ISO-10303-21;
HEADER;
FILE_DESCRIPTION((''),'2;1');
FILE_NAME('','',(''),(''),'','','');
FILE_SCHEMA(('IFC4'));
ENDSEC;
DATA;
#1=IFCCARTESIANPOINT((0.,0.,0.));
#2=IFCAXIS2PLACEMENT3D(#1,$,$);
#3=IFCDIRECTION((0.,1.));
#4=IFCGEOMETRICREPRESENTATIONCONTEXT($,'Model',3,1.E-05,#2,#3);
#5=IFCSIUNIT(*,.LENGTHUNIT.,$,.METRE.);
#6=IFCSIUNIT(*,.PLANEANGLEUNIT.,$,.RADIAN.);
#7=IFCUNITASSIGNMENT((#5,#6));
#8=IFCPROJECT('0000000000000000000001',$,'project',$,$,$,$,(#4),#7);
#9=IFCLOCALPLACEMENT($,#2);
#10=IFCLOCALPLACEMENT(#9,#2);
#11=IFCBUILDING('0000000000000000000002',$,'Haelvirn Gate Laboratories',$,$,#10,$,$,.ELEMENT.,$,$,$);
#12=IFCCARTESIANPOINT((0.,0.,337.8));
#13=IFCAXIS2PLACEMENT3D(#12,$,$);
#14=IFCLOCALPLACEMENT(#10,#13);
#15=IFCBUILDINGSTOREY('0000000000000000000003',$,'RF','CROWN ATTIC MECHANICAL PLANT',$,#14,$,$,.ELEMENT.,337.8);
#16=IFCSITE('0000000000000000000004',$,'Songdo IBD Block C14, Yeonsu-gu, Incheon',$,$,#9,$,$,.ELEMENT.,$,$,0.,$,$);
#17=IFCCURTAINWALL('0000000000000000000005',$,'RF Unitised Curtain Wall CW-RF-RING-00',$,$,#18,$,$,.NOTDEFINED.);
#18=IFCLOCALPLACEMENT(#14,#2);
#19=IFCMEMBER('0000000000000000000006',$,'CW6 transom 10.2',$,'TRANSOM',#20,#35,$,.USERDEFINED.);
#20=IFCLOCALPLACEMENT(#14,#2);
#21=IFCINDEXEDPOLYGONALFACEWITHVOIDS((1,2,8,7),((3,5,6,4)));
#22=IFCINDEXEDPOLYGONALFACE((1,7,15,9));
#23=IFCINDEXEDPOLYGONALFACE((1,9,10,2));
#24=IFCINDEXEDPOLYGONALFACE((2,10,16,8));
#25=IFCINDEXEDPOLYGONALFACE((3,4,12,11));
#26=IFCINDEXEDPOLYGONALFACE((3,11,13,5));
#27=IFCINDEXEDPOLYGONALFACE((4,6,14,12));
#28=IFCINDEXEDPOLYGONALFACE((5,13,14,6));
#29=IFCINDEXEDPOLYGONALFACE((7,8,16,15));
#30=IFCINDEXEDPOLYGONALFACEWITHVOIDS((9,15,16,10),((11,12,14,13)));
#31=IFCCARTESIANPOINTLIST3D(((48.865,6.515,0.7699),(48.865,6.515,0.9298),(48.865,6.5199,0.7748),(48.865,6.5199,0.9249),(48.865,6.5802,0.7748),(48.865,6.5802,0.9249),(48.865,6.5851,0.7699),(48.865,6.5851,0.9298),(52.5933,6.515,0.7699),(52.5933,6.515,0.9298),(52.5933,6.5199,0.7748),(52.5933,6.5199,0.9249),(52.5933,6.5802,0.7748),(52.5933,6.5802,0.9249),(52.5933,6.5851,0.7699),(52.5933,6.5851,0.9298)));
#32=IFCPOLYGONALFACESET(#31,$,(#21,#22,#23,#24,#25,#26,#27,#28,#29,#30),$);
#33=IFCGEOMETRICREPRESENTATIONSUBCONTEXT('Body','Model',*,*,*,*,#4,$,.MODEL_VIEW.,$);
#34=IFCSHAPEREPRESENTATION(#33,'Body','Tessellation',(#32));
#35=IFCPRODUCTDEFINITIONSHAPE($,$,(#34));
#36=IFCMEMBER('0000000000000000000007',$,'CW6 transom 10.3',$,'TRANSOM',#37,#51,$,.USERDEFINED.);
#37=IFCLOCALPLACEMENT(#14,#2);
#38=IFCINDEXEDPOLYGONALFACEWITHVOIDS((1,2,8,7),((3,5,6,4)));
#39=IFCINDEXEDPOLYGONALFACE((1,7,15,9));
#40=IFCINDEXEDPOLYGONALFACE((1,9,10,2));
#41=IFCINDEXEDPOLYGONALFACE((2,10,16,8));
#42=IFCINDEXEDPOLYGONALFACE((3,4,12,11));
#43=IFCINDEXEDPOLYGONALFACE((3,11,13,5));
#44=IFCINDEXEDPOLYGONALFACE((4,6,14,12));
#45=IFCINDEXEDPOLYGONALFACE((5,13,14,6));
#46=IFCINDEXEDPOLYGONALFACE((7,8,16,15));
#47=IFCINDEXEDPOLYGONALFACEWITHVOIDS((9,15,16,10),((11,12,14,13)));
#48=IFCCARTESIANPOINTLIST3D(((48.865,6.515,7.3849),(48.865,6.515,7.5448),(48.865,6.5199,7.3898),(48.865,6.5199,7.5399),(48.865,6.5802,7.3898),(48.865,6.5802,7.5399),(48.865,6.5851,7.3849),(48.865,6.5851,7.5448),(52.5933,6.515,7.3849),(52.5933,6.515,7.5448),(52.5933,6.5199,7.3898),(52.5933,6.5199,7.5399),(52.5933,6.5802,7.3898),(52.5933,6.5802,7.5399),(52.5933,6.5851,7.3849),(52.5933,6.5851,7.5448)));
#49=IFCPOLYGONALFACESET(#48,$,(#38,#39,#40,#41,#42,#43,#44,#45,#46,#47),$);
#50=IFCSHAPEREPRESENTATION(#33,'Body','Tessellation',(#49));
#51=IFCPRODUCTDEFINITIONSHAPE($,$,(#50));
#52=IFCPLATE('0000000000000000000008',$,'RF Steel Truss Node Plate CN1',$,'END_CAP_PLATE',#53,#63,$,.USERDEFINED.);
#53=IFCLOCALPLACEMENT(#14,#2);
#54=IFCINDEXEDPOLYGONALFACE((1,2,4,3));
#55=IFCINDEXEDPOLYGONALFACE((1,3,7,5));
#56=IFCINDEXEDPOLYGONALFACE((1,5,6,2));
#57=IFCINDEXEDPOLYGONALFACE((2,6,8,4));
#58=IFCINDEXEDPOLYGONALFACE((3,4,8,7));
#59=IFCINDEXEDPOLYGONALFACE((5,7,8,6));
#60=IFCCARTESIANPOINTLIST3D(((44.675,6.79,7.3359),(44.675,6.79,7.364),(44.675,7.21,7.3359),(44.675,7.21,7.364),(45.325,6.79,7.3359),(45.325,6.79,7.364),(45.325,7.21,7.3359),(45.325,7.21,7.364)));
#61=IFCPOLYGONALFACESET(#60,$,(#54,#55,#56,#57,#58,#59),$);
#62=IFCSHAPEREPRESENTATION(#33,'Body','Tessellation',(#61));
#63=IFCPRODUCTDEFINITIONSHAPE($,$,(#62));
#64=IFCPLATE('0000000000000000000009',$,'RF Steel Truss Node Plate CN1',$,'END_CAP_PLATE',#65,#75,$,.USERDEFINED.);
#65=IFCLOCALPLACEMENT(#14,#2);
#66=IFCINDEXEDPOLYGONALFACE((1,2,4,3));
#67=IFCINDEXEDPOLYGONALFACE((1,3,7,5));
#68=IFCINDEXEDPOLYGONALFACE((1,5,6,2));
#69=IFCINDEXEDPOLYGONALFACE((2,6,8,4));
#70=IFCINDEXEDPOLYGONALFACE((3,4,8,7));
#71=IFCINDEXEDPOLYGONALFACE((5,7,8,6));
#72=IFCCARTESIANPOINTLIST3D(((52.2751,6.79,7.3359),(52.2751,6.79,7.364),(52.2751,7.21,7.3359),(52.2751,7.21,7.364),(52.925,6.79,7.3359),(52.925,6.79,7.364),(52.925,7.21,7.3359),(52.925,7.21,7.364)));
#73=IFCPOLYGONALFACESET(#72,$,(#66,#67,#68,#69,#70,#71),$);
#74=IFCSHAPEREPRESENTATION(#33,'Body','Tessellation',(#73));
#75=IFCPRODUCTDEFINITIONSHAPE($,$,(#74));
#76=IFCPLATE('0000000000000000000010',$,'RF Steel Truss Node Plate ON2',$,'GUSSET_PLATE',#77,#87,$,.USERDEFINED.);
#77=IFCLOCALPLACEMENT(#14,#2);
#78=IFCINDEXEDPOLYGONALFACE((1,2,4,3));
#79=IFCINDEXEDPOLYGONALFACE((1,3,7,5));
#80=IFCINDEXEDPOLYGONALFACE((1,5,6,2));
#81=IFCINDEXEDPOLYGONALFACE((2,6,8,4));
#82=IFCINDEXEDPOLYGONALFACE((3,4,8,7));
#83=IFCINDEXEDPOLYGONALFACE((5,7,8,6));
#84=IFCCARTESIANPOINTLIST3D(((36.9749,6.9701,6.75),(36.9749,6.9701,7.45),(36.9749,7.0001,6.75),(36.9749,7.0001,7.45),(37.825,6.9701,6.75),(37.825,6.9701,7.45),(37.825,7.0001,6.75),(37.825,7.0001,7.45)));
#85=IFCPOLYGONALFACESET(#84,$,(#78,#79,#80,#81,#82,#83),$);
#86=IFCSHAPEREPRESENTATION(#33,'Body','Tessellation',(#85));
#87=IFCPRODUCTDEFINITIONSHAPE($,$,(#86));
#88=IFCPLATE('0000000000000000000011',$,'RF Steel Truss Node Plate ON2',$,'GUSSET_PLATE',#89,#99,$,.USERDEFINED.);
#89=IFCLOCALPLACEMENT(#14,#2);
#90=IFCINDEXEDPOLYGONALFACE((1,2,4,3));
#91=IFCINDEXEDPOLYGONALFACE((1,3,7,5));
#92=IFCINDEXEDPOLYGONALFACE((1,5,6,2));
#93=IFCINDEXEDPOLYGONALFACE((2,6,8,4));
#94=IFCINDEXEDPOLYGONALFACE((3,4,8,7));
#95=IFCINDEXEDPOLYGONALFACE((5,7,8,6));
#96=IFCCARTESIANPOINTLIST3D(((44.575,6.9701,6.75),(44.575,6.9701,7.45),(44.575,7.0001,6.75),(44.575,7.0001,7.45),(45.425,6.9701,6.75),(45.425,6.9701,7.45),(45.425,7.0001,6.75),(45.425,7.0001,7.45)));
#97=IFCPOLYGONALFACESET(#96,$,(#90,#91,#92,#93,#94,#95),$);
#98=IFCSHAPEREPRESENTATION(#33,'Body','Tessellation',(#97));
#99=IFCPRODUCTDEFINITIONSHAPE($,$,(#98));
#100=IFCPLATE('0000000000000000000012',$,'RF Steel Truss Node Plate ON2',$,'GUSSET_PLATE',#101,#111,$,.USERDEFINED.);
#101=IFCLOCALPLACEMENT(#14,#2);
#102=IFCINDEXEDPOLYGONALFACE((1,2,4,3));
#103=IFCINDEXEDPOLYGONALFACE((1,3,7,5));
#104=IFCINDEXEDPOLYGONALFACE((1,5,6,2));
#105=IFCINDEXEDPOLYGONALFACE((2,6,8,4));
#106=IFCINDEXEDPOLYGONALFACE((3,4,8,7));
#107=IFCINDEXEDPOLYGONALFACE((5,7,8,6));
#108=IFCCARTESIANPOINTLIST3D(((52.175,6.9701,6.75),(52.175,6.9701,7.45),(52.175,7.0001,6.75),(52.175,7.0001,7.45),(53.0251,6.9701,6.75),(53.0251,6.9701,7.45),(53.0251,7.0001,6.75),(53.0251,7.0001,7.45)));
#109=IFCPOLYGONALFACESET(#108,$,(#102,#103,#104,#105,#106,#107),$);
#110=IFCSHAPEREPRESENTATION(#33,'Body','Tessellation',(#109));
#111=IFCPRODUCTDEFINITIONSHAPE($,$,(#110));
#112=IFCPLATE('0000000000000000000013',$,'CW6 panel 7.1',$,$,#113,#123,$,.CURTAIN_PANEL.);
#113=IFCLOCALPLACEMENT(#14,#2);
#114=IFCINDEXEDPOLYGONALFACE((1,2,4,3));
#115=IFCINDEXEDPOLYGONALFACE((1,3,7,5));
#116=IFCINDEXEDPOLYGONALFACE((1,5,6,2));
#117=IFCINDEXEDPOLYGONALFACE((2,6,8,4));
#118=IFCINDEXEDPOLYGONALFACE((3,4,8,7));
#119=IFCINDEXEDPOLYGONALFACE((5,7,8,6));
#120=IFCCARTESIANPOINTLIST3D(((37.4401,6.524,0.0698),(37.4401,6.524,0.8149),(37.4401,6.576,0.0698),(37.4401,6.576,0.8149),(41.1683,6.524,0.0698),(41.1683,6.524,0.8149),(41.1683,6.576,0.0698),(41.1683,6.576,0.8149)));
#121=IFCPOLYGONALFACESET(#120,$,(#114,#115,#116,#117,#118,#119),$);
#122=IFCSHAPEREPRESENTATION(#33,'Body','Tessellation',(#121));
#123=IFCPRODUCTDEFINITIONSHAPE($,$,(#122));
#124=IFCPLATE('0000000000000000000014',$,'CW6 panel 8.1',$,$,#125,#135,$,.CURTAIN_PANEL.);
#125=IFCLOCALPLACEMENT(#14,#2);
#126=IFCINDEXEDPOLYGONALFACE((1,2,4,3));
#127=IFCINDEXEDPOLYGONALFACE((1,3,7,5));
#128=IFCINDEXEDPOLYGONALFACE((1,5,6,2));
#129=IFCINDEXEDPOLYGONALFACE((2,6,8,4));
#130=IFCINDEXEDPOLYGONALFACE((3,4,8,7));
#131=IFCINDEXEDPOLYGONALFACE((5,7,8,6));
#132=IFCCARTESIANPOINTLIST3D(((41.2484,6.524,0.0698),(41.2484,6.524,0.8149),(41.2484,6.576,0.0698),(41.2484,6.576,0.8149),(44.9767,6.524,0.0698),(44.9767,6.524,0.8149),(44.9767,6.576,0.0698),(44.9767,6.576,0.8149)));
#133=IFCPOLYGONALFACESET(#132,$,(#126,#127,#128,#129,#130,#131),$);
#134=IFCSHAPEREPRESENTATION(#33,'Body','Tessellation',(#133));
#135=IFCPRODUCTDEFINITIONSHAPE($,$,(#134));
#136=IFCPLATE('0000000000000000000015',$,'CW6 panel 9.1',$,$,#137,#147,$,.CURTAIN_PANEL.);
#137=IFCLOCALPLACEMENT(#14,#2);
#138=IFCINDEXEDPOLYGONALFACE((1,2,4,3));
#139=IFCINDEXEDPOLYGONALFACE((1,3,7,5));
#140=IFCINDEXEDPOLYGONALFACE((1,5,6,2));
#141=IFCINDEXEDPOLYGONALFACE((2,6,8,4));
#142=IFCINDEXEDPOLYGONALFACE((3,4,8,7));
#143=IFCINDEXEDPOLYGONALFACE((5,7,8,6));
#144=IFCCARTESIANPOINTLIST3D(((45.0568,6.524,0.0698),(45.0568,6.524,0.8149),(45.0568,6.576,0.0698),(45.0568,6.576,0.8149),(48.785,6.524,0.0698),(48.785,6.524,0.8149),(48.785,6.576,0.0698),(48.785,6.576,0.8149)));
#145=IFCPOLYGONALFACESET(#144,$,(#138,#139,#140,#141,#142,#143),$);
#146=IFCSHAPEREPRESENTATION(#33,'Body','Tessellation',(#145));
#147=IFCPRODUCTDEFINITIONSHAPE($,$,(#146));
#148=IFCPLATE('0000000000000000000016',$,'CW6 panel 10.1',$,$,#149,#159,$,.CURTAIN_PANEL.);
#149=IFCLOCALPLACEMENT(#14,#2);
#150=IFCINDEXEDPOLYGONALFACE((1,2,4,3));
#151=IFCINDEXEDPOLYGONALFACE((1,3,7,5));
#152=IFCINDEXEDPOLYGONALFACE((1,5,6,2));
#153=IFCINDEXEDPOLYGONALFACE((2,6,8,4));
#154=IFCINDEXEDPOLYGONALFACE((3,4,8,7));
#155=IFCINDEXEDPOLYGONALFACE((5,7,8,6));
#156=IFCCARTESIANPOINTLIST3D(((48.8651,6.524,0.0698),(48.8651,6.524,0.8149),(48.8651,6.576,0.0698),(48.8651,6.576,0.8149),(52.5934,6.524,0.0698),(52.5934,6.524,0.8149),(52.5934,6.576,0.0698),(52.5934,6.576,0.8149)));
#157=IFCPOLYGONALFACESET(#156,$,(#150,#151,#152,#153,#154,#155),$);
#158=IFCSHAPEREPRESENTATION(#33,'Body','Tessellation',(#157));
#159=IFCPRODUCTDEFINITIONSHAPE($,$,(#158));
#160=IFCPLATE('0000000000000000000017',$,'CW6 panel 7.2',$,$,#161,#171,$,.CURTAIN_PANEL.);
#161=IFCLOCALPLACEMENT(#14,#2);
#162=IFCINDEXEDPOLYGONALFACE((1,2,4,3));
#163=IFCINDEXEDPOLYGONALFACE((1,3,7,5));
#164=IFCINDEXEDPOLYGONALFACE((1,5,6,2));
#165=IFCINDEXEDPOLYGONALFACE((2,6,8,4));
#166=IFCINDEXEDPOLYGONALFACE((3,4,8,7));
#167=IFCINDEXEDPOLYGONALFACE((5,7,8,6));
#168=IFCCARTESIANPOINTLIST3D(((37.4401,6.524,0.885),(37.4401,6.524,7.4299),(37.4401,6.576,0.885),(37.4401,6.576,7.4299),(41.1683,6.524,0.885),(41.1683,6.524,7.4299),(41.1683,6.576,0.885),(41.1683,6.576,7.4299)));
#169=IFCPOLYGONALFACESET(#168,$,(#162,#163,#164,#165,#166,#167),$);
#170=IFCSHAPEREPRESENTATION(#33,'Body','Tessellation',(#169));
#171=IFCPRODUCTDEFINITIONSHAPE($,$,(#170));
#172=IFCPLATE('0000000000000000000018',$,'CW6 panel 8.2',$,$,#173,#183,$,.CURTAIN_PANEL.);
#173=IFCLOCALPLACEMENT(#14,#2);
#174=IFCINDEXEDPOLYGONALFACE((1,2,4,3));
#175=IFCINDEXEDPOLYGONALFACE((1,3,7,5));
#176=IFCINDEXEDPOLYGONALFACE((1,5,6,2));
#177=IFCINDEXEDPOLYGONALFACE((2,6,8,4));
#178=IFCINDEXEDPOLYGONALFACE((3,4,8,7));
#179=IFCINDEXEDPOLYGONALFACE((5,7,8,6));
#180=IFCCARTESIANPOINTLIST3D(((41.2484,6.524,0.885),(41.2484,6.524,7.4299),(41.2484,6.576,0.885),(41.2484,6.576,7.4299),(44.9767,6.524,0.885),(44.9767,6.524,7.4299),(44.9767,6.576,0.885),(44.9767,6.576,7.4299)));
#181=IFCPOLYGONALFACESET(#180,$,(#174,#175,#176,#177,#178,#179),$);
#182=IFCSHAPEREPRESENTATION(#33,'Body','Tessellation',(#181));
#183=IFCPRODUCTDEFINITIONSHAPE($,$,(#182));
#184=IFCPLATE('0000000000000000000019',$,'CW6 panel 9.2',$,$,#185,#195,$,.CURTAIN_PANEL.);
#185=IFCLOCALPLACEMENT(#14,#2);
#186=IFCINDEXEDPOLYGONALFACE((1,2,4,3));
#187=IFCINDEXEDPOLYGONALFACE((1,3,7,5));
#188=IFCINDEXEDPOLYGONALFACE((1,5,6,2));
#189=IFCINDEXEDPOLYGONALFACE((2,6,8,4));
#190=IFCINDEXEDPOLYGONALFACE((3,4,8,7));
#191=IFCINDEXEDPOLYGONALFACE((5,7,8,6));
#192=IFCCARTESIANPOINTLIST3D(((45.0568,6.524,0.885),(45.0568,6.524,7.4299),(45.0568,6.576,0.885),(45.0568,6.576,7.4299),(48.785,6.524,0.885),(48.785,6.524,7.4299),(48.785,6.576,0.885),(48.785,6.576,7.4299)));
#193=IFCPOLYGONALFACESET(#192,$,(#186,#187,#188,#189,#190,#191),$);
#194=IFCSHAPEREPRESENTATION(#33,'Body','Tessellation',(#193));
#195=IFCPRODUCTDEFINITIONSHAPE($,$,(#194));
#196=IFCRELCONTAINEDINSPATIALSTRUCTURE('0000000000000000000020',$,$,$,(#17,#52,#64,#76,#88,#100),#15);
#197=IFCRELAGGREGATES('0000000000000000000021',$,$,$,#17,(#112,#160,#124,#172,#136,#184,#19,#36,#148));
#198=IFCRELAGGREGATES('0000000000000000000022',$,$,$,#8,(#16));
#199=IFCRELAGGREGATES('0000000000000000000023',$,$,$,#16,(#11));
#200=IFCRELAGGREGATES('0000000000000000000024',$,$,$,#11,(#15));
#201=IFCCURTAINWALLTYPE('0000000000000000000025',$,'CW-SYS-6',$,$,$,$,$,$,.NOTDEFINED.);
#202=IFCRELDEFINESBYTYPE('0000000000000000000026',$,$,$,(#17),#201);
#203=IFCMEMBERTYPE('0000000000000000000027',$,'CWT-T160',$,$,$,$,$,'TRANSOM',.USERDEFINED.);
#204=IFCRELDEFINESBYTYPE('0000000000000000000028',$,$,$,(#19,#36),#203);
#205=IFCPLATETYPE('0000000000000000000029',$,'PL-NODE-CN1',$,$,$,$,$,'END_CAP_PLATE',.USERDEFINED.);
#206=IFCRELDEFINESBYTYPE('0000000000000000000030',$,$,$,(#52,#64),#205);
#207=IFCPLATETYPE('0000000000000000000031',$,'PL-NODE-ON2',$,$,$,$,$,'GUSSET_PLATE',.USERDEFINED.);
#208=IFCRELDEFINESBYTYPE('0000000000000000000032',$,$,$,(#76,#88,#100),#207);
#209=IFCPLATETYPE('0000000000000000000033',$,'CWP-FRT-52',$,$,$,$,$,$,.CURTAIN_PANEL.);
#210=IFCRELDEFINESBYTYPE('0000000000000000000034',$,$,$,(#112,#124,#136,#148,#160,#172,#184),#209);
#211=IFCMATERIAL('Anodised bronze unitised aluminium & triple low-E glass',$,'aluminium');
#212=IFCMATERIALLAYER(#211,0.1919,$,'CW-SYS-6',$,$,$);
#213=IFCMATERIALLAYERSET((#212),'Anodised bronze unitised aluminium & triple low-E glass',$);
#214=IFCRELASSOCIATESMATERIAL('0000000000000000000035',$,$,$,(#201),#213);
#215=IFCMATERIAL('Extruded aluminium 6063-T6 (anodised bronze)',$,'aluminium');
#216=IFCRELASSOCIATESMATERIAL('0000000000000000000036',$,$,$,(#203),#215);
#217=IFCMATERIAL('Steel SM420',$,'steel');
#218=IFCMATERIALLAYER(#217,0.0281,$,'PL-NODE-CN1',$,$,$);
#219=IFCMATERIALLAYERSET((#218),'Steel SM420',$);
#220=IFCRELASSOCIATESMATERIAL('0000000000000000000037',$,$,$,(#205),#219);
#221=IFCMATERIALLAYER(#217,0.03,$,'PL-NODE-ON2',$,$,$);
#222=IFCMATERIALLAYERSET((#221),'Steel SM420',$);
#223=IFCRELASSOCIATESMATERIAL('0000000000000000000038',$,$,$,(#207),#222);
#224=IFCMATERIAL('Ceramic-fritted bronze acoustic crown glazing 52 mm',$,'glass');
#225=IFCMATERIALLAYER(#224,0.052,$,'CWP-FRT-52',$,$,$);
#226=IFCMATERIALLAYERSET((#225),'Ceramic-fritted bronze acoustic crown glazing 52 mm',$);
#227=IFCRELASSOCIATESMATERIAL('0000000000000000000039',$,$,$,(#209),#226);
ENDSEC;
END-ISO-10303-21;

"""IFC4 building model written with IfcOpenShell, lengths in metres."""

from ifc_helpers import new_model, si_unit, direction, frame, origin, origin_2d, place, context, subcontext, project, spatial, rectangle, hollow_rectangle, extrude, source, transform, mapped, material, layer, layer_set, material_profile, profile_set, type_object, type_shapes, element, aggregate, save


model = new_model("IFC4")

# Units and contexts
model_context = context("Model", 3, precision=1e-05, world=origin(), true_north=direction((0.0, 1.0)))
body_context = subcontext(model_context, "Body", "Model", "MODEL_VIEW")
ifc_project = project(units=[si_unit("LENGTHUNIT", "METRE"), si_unit("PLANEANGLEUNIT", "RADIAN")], contexts=[model_context])

# Site, building, storey
site_placement = place(None, origin())
site = spatial("IfcSite", under=ifc_project, at=site_placement, Name="Songdo IBD Block C14, Yeonsu-gu, Incheon", CompositionType="ELEMENT", RefElevation=0.0)
building_placement = place(site_placement, origin())
building = spatial("IfcBuilding", under=site, at=building_placement, Name="Haelvirn Gate Laboratories", CompositionType="ELEMENT")
storey_placement = place(building_placement, frame((0.0, 0.0, 337.8)))
storey = spatial("IfcBuildingStorey", under=building, at=storey_placement, Name="RF", Description="CROWN ATTIC MECHANICAL PLANT", CompositionType="ELEMENT", Elevation=337.8)

# Shared definitions
ifc_material_1 = material(Name="Steel SM420", Category="steel")

# Curtain wall, members
ifc_material_2 = material(Name="Anodised bronze unitised aluminium & triple low-E glass", Category="aluminium")
ifc_layer_1 = layer(ifc_material_2, 0.1919, Name="CW-SYS-6")
ifc_layer_set_1 = layer_set([ifc_layer_1], Name="Anodised bronze unitised aluminium & triple low-E glass")
curtain_wall_type = type_object("IfcCurtainWallType", Name="CW-SYS-6", PredefinedType="NOTDEFINED", material=ifc_layer_set_1)
curtain_wall_placement = place(storey_placement, origin())
curtain_wall = element("IfcCurtainWall", 1, at=curtain_wall_placement, inside=storey, type_object=curtain_wall_type, Name="RF Unitised Curtain Wall CW-RF-RING-00", PredefinedType="NOTDEFINED")
ifc_material_3 = material(Name="Extruded aluminium 6063-T6 (anodised bronze)", Category="aluminium")
ifc_material_profile_1 = material_profile(ifc_material_3, hollow_rectangle(XDim=0.0701, YDim=0.1599, WallThickness=0.0049, at=origin_2d()), Name="CWT-160x70x5")
ifc_profile_set_1 = profile_set([ifc_material_profile_1], Name="Extruded aluminium 6063-T6 (anodised bronze)")
member_type_1 = type_object("IfcMemberType", Name="CWT-T160", ElementType="TRANSOM", PredefinedType="USERDEFINED", material=ifc_profile_set_1)
shared_shape_1 = source(origin(), body_context, "Body", "SweptSolid", [
    extrude(hollow_rectangle(XDim=0.0701, YDim=0.1599, WallThickness=0.0049, at=origin_2d()), origin(), (0.0, 0.0, 1.0), 3.7283),
])
type_shapes(member_type_1, [shared_shape_1])
member_1_placement = place(storey_placement, frame((48.865, 6.55, 0.8499), z_axis=(1.0, 0.0, 0.0), x_axis=(0.0, 1.0, 0.0)))
member_1 = element("IfcMember", 2, at=member_1_placement, type_object=member_type_1, Name="CW6 transom 10.2", ObjectType="TRANSOM", PredefinedType="USERDEFINED", context=body_context, shape_type="MappedRepresentation", body=[
    mapped(shared_shape_1, transform((0.0, 0.0, 0.0), scale=1.0)),
])
member_2_placement = place(storey_placement, frame((48.865, 6.55, 7.4648), z_axis=(1.0, 0.0, 0.0), x_axis=(0.0, 1.0, 0.0)))
member_2 = element("IfcMember", 3, at=member_2_placement, type_object=member_type_1, Name="CW6 transom 10.3", ObjectType="TRANSOM", PredefinedType="USERDEFINED", context=body_context, shape_type="MappedRepresentation", body=[
    mapped(shared_shape_1, transform((0.0, 0.0, 0.0), scale=1.0)),
])

# Plates
ifc_layer_2 = layer(ifc_material_1, 0.0281, Name="PL-NODE-CN1")
ifc_layer_set_2 = layer_set([ifc_layer_2], Name="Steel SM420")
plate_type_1 = type_object("IfcPlateType", Name="PL-NODE-CN1", ElementType="END_CAP_PLATE", PredefinedType="USERDEFINED", material=ifc_layer_set_2)
shared_shape_2 = source(origin(), body_context, "Body", "SweptSolid", [
    extrude(rectangle(XDim=0.6499, YDim=0.4199, at=origin_2d()), origin(), (0.0, 0.0, 1.0), 0.0281),
])
type_shapes(plate_type_1, [shared_shape_2])
for number, where, z_axis, x_axis, name in (
    (4, (45.0, 7.0, 7.3359), (0.0, 0.0, 1.0), (1.0, 0.0, 0.0), "RF Steel Truss Node Plate CN1"),
    (5, (52.6001, 7.0, 7.3359), (0.0, 0.0, 1.0), (1.0, 0.0, 0.0), "RF Steel Truss Node Plate CN1"),
):
    element("IfcPlate", number, at=place(storey_placement, frame(where, z_axis=z_axis, x_axis=x_axis)), inside=storey, type_object=plate_type_1, Name=name, ObjectType="END_CAP_PLATE", PredefinedType="USERDEFINED", context=body_context, shape_type="MappedRepresentation", body=[
        mapped(shared_shape_2, transform((0.0, 0.0, 0.0), scale=1.0)),
    ])
ifc_layer_3 = layer(ifc_material_1, 0.03, Name="PL-NODE-ON2")
ifc_layer_set_3 = layer_set([ifc_layer_3], Name="Steel SM420")
plate_type_2 = type_object("IfcPlateType", Name="PL-NODE-ON2", ElementType="GUSSET_PLATE", PredefinedType="USERDEFINED", material=ifc_layer_set_3)
shared_shape_3 = source(origin(), body_context, "Body", "SweptSolid", [
    extrude(rectangle(XDim=0.8501, YDim=0.03, at=origin_2d()), origin(), (0.0, 0.0, 1.0), 0.7),
])
type_shapes(plate_type_2, [shared_shape_3])
for number, where, z_axis, x_axis, name in (
    (6, (37.3999, 6.9851, 6.75), (0.0, 0.0, 1.0), (1.0, 0.0, 0.0), "RF Steel Truss Node Plate ON2"),
    (7, (45.0, 6.9851, 6.75), (0.0, 0.0, 1.0), (1.0, 0.0, 0.0), "RF Steel Truss Node Plate ON2"),
    (8, (52.6001, 6.9851, 6.75), (0.0, 0.0, 1.0), (1.0, 0.0, 0.0), "RF Steel Truss Node Plate ON2"),
):
    element("IfcPlate", number, at=place(storey_placement, frame(where, z_axis=z_axis, x_axis=x_axis)), inside=storey, type_object=plate_type_2, Name=name, ObjectType="GUSSET_PLATE", PredefinedType="USERDEFINED", context=body_context, shape_type="MappedRepresentation", body=[
        mapped(shared_shape_3, transform((0.0, 0.0, 0.0), scale=1.0)),
    ])

# Plates
ifc_material_4 = material(Name="Ceramic-fritted bronze acoustic crown glazing 52 mm", Category="glass")
ifc_layer_4 = layer(ifc_material_4, 0.052, Name="CWP-FRT-52")
ifc_layer_set_4 = layer_set([ifc_layer_4], Name="Ceramic-fritted bronze acoustic crown glazing 52 mm")
plate_type_3 = type_object("IfcPlateType", Name="CWP-FRT-52", PredefinedType="CURTAIN_PANEL", material=ifc_layer_set_4)
shared_shape_4 = source(origin(), body_context, "Body", "SweptSolid", [
    extrude(rectangle(XDim=3.7283, YDim=0.052, at=origin_2d()), origin(), (0.0, 0.0, 1.0), 0.7451),
])
plate_1_placement = place(storey_placement, frame((39.3042, 6.55, 0.0698), z_axis=(0.0, 0.0, 1.0), x_axis=(1.0, 0.0, 0.0)))
plate_1 = element("IfcPlate", 9, at=plate_1_placement, type_object=plate_type_3, Name="CW6 panel 7.1", PredefinedType="CURTAIN_PANEL", context=body_context, shape_type="MappedRepresentation", body=[
    mapped(shared_shape_4, transform((0.0, 0.0, 0.0), scale=1.0)),
])
plate_2_placement = place(storey_placement, frame((43.1125, 6.55, 0.0698), z_axis=(0.0, 0.0, 1.0), x_axis=(1.0, 0.0, 0.0)))
plate_2 = element("IfcPlate", 10, at=plate_2_placement, type_object=plate_type_3, Name="CW6 panel 8.1", PredefinedType="CURTAIN_PANEL", context=body_context, shape_type="MappedRepresentation", body=[
    mapped(shared_shape_4, transform((0.0, 0.0, 0.0), scale=1.0)),
])
plate_3_placement = place(storey_placement, frame((46.9209, 6.55, 0.0698), z_axis=(0.0, 0.0, 1.0), x_axis=(1.0, 0.0, 0.0)))
plate_3 = element("IfcPlate", 11, at=plate_3_placement, type_object=plate_type_3, Name="CW6 panel 9.1", PredefinedType="CURTAIN_PANEL", context=body_context, shape_type="MappedRepresentation", body=[
    mapped(shared_shape_4, transform((0.0, 0.0, 0.0), scale=1.0)),
])
plate_4_placement = place(storey_placement, frame((50.7292, 6.55, 0.0698), z_axis=(0.0, 0.0, 1.0), x_axis=(1.0, 0.0, 0.0)))
plate_4 = element("IfcPlate", 12, at=plate_4_placement, type_object=plate_type_3, Name="CW6 panel 10.1", PredefinedType="CURTAIN_PANEL", context=body_context, shape_type="MappedRepresentation", body=[
    mapped(shared_shape_4, transform((0.0, 0.0, 0.0), scale=1.0)),
])
shared_shape_5 = source(origin(), body_context, "Body", "SweptSolid", [
    extrude(rectangle(XDim=3.7283, YDim=0.052, at=origin_2d()), origin(), (0.0, 0.0, 1.0), 6.5449),
])
type_shapes(plate_type_3, [shared_shape_4, shared_shape_5])
plate_5_placement = place(storey_placement, frame((39.3042, 6.55, 0.885), z_axis=(0.0, 0.0, 1.0), x_axis=(1.0, 0.0, 0.0)))
plate_5 = element("IfcPlate", 13, at=plate_5_placement, type_object=plate_type_3, Name="CW6 panel 7.2", PredefinedType="CURTAIN_PANEL", context=body_context, shape_type="MappedRepresentation", body=[
    mapped(shared_shape_5, transform((0.0, 0.0, 0.0), scale=1.0)),
])
plate_6_placement = place(storey_placement, frame((43.1125, 6.55, 0.885), z_axis=(0.0, 0.0, 1.0), x_axis=(1.0, 0.0, 0.0)))
plate_6 = element("IfcPlate", 14, at=plate_6_placement, type_object=plate_type_3, Name="CW6 panel 8.2", PredefinedType="CURTAIN_PANEL", context=body_context, shape_type="MappedRepresentation", body=[
    mapped(shared_shape_5, transform((0.0, 0.0, 0.0), scale=1.0)),
])
plate_7_placement = place(storey_placement, frame((46.9209, 6.55, 0.885), z_axis=(0.0, 0.0, 1.0), x_axis=(1.0, 0.0, 0.0)))
plate_7 = element("IfcPlate", 15, at=plate_7_placement, type_object=plate_type_3, Name="CW6 panel 9.2", PredefinedType="CURTAIN_PANEL", context=body_context, shape_type="MappedRepresentation", body=[
    mapped(shared_shape_5, transform((0.0, 0.0, 0.0), scale=1.0)),
])
aggregate(curtain_wall, [plate_1, plate_5, plate_2, plate_6, plate_3, plate_7, member_1, member_2, plate_4])

save(model, "model.ifc")
